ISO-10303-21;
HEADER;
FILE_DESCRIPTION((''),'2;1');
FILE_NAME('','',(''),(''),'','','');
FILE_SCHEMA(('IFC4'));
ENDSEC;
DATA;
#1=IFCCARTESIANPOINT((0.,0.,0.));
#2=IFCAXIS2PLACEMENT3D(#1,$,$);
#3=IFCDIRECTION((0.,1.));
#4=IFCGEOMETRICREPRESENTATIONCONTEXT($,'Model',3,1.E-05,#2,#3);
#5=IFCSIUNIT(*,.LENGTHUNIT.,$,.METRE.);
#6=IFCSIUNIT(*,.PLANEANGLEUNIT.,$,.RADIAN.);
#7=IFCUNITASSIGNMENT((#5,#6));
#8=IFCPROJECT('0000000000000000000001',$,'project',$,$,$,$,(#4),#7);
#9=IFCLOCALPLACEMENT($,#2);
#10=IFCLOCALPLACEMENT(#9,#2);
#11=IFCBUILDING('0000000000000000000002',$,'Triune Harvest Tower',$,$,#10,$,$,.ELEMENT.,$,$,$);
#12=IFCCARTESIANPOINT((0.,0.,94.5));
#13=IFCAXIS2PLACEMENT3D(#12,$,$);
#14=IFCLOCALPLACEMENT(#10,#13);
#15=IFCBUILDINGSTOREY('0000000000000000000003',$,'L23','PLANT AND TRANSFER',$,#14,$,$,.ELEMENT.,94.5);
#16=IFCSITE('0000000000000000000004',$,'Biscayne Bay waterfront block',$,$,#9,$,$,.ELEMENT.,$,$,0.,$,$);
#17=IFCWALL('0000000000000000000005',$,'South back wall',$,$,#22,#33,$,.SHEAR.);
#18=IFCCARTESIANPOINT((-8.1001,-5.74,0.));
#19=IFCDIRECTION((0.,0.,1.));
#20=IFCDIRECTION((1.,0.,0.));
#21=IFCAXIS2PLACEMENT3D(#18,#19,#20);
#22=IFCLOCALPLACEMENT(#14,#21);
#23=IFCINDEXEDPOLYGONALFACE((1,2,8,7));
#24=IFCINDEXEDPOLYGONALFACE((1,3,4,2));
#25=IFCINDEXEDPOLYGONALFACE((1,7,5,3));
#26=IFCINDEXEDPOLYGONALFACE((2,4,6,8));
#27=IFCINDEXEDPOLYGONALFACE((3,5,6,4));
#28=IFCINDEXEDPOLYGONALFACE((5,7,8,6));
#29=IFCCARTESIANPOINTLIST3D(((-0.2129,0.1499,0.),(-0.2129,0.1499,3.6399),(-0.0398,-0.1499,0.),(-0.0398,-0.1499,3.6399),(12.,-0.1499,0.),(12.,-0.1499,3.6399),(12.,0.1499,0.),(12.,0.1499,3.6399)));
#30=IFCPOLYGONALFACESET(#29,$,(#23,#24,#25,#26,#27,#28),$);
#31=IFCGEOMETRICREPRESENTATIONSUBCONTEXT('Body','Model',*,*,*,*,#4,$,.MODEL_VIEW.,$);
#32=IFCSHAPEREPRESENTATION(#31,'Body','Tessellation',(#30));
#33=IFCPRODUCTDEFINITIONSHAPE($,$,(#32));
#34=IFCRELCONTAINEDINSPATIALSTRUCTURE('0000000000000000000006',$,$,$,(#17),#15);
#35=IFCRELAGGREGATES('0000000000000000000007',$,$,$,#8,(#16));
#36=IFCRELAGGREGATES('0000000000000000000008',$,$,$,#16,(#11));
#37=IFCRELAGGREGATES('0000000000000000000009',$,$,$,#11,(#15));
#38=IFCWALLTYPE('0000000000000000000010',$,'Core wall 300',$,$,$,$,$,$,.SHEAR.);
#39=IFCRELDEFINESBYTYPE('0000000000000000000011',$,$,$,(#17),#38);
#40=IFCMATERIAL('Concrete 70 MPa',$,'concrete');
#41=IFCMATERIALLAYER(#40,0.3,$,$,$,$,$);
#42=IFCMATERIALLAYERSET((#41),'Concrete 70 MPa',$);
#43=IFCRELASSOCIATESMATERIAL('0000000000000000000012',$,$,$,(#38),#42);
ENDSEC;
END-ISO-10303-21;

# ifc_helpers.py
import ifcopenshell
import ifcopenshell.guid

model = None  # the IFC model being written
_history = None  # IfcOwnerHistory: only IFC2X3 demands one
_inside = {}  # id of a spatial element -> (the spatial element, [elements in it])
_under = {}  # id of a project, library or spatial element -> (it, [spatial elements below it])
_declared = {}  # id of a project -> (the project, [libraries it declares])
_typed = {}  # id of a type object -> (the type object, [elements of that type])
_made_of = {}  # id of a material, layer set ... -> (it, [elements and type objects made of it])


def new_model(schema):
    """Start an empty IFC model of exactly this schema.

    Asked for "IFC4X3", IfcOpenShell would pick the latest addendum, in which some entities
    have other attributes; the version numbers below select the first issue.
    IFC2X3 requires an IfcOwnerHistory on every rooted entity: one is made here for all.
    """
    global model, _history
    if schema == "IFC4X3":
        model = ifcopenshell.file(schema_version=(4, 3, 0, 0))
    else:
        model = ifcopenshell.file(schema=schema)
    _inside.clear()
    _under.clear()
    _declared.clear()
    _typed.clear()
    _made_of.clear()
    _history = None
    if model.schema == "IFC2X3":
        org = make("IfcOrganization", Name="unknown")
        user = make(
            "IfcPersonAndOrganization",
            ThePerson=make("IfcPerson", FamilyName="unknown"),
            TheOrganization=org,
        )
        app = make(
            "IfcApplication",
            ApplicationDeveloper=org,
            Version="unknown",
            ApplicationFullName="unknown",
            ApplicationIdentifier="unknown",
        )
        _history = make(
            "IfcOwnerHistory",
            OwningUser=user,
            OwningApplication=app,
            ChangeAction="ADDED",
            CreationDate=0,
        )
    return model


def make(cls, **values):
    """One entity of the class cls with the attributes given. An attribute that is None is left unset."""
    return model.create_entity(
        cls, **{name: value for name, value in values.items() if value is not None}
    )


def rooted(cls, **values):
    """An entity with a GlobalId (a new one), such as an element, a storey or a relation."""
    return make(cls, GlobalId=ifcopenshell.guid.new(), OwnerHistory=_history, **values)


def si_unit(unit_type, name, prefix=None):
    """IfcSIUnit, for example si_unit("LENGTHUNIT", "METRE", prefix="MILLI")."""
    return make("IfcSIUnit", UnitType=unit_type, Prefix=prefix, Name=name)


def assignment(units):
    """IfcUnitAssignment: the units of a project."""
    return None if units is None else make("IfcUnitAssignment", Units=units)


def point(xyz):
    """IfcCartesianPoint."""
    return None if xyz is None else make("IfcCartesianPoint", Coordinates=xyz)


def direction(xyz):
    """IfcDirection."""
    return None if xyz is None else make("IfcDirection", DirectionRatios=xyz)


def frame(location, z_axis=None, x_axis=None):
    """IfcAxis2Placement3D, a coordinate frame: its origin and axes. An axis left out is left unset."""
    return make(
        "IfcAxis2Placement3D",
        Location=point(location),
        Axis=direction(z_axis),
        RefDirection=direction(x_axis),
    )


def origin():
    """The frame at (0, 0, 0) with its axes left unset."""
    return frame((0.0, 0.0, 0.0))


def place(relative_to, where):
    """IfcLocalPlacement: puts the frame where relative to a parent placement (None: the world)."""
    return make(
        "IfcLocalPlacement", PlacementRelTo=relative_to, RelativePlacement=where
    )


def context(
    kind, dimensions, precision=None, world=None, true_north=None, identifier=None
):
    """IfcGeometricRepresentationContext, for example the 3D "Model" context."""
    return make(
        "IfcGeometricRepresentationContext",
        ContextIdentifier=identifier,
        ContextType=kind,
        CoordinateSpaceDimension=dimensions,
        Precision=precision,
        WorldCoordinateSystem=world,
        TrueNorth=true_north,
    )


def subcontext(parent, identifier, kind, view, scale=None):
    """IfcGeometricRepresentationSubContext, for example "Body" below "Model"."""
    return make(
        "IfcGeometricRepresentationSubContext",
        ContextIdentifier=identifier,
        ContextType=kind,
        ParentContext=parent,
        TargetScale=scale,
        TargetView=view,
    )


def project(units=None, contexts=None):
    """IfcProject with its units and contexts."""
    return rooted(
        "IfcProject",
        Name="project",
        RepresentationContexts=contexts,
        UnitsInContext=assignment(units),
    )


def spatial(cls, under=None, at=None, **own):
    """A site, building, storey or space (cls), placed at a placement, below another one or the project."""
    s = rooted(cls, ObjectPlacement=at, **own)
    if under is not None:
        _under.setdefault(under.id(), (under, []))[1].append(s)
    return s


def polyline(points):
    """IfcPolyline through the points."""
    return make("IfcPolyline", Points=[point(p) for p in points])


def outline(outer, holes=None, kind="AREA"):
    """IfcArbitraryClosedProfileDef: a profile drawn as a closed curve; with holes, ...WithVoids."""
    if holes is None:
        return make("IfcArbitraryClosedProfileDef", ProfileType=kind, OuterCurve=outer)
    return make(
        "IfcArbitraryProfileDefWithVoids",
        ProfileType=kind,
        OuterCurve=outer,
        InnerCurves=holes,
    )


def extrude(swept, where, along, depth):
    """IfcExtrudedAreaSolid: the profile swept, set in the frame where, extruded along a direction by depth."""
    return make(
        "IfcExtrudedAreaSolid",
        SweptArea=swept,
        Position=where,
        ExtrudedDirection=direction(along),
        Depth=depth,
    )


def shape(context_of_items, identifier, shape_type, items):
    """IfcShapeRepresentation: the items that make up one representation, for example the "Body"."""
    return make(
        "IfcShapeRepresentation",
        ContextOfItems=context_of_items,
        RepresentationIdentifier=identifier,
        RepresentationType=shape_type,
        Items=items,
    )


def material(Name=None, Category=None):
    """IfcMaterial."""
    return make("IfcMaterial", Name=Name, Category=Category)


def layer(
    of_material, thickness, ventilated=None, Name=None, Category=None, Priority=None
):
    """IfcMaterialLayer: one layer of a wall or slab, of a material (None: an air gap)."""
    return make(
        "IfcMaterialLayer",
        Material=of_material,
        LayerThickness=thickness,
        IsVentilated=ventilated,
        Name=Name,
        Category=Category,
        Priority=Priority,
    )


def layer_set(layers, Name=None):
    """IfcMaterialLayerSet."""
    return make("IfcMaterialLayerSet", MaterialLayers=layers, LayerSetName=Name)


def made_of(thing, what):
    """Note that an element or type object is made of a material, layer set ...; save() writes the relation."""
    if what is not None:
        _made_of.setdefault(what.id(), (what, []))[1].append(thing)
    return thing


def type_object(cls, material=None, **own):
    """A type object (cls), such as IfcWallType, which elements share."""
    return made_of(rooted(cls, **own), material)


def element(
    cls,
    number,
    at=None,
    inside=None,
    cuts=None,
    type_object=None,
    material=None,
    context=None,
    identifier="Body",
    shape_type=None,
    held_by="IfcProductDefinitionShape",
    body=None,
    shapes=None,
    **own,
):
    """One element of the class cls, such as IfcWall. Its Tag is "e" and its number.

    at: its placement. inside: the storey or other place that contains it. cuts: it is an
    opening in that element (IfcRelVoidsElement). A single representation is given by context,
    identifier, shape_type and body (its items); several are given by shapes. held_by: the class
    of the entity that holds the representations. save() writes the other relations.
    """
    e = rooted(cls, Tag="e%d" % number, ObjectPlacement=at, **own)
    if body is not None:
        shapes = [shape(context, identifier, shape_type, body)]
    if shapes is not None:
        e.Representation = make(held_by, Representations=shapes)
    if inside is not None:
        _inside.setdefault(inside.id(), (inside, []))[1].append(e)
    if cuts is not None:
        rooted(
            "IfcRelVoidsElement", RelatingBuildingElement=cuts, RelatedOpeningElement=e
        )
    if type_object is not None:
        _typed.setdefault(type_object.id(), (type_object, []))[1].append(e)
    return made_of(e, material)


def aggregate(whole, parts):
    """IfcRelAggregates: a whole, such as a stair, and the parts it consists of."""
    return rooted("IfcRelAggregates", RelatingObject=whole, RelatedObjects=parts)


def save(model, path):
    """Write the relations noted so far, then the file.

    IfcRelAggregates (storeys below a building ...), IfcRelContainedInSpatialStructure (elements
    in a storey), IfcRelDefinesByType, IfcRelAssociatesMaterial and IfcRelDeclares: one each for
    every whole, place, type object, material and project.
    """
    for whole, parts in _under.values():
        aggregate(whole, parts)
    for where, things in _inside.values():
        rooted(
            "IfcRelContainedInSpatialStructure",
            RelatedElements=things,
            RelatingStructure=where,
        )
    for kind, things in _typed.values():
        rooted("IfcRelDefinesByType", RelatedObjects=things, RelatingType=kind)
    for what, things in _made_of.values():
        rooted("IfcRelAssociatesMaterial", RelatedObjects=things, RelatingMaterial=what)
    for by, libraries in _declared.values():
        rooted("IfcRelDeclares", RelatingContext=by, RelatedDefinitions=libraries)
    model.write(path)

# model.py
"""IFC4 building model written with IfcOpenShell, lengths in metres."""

from ifc_helpers import new_model, si_unit, direction, frame, origin, place, context, subcontext, project, spatial, polyline, outline, extrude, material, layer, layer_set, type_object, element, save


model = new_model("IFC4")

# Units and contexts
model_context = context("Model", 3, precision=1e-05, world=origin(), true_north=direction((0.0, 1.0)))
body_context = subcontext(model_context, "Body", "Model", "MODEL_VIEW")
ifc_project = project(units=[si_unit("LENGTHUNIT", "METRE"), si_unit("PLANEANGLEUNIT", "RADIAN")], contexts=[model_context])

# Site, building, storey
site_placement = place(None, origin())
site = spatial("IfcSite", under=ifc_project, at=site_placement, Name="Biscayne Bay waterfront block", CompositionType="ELEMENT", RefElevation=0.0)
building_placement = place(site_placement, origin())
building = spatial("IfcBuilding", under=site, at=building_placement, Name="Triune Harvest Tower", CompositionType="ELEMENT")
storey_placement = place(building_placement, frame((0.0, 0.0, 94.5)))
storey = spatial("IfcBuildingStorey", under=building, at=storey_placement, Name="L23", Description="PLANT AND TRANSFER", CompositionType="ELEMENT", Elevation=94.5)

# Wall
ifc_material_1 = material(Name="Concrete 70 MPa", Category="concrete")
ifc_layer_1 = layer(ifc_material_1, 0.3)
ifc_layer_set_1 = layer_set([ifc_layer_1], Name="Concrete 70 MPa")
wall_type_1 = type_object("IfcWallType", Name="Core wall 300", PredefinedType="SHEAR", material=ifc_layer_set_1)
wall_1_placement = place(storey_placement, frame((-8.1001, -5.74, 0.0), z_axis=(0.0, 0.0, 1.0), x_axis=(1.0, 0.0, 0.0)))
element("IfcWall", 1, at=wall_1_placement, inside=storey, type_object=wall_type_1, Name="South back wall", PredefinedType="SHEAR", context=body_context, shape_type="SweptSolid", body=[
    extrude(outline(polyline([(12.0, -0.1499), (-0.0398, -0.1499), (-0.2129, 0.1499), (12.0, 0.1499), (12.0, -0.1499)])), origin(), (0.0, 0.0, 1.0), 3.6399),
])

save(model, "model.ifc")
